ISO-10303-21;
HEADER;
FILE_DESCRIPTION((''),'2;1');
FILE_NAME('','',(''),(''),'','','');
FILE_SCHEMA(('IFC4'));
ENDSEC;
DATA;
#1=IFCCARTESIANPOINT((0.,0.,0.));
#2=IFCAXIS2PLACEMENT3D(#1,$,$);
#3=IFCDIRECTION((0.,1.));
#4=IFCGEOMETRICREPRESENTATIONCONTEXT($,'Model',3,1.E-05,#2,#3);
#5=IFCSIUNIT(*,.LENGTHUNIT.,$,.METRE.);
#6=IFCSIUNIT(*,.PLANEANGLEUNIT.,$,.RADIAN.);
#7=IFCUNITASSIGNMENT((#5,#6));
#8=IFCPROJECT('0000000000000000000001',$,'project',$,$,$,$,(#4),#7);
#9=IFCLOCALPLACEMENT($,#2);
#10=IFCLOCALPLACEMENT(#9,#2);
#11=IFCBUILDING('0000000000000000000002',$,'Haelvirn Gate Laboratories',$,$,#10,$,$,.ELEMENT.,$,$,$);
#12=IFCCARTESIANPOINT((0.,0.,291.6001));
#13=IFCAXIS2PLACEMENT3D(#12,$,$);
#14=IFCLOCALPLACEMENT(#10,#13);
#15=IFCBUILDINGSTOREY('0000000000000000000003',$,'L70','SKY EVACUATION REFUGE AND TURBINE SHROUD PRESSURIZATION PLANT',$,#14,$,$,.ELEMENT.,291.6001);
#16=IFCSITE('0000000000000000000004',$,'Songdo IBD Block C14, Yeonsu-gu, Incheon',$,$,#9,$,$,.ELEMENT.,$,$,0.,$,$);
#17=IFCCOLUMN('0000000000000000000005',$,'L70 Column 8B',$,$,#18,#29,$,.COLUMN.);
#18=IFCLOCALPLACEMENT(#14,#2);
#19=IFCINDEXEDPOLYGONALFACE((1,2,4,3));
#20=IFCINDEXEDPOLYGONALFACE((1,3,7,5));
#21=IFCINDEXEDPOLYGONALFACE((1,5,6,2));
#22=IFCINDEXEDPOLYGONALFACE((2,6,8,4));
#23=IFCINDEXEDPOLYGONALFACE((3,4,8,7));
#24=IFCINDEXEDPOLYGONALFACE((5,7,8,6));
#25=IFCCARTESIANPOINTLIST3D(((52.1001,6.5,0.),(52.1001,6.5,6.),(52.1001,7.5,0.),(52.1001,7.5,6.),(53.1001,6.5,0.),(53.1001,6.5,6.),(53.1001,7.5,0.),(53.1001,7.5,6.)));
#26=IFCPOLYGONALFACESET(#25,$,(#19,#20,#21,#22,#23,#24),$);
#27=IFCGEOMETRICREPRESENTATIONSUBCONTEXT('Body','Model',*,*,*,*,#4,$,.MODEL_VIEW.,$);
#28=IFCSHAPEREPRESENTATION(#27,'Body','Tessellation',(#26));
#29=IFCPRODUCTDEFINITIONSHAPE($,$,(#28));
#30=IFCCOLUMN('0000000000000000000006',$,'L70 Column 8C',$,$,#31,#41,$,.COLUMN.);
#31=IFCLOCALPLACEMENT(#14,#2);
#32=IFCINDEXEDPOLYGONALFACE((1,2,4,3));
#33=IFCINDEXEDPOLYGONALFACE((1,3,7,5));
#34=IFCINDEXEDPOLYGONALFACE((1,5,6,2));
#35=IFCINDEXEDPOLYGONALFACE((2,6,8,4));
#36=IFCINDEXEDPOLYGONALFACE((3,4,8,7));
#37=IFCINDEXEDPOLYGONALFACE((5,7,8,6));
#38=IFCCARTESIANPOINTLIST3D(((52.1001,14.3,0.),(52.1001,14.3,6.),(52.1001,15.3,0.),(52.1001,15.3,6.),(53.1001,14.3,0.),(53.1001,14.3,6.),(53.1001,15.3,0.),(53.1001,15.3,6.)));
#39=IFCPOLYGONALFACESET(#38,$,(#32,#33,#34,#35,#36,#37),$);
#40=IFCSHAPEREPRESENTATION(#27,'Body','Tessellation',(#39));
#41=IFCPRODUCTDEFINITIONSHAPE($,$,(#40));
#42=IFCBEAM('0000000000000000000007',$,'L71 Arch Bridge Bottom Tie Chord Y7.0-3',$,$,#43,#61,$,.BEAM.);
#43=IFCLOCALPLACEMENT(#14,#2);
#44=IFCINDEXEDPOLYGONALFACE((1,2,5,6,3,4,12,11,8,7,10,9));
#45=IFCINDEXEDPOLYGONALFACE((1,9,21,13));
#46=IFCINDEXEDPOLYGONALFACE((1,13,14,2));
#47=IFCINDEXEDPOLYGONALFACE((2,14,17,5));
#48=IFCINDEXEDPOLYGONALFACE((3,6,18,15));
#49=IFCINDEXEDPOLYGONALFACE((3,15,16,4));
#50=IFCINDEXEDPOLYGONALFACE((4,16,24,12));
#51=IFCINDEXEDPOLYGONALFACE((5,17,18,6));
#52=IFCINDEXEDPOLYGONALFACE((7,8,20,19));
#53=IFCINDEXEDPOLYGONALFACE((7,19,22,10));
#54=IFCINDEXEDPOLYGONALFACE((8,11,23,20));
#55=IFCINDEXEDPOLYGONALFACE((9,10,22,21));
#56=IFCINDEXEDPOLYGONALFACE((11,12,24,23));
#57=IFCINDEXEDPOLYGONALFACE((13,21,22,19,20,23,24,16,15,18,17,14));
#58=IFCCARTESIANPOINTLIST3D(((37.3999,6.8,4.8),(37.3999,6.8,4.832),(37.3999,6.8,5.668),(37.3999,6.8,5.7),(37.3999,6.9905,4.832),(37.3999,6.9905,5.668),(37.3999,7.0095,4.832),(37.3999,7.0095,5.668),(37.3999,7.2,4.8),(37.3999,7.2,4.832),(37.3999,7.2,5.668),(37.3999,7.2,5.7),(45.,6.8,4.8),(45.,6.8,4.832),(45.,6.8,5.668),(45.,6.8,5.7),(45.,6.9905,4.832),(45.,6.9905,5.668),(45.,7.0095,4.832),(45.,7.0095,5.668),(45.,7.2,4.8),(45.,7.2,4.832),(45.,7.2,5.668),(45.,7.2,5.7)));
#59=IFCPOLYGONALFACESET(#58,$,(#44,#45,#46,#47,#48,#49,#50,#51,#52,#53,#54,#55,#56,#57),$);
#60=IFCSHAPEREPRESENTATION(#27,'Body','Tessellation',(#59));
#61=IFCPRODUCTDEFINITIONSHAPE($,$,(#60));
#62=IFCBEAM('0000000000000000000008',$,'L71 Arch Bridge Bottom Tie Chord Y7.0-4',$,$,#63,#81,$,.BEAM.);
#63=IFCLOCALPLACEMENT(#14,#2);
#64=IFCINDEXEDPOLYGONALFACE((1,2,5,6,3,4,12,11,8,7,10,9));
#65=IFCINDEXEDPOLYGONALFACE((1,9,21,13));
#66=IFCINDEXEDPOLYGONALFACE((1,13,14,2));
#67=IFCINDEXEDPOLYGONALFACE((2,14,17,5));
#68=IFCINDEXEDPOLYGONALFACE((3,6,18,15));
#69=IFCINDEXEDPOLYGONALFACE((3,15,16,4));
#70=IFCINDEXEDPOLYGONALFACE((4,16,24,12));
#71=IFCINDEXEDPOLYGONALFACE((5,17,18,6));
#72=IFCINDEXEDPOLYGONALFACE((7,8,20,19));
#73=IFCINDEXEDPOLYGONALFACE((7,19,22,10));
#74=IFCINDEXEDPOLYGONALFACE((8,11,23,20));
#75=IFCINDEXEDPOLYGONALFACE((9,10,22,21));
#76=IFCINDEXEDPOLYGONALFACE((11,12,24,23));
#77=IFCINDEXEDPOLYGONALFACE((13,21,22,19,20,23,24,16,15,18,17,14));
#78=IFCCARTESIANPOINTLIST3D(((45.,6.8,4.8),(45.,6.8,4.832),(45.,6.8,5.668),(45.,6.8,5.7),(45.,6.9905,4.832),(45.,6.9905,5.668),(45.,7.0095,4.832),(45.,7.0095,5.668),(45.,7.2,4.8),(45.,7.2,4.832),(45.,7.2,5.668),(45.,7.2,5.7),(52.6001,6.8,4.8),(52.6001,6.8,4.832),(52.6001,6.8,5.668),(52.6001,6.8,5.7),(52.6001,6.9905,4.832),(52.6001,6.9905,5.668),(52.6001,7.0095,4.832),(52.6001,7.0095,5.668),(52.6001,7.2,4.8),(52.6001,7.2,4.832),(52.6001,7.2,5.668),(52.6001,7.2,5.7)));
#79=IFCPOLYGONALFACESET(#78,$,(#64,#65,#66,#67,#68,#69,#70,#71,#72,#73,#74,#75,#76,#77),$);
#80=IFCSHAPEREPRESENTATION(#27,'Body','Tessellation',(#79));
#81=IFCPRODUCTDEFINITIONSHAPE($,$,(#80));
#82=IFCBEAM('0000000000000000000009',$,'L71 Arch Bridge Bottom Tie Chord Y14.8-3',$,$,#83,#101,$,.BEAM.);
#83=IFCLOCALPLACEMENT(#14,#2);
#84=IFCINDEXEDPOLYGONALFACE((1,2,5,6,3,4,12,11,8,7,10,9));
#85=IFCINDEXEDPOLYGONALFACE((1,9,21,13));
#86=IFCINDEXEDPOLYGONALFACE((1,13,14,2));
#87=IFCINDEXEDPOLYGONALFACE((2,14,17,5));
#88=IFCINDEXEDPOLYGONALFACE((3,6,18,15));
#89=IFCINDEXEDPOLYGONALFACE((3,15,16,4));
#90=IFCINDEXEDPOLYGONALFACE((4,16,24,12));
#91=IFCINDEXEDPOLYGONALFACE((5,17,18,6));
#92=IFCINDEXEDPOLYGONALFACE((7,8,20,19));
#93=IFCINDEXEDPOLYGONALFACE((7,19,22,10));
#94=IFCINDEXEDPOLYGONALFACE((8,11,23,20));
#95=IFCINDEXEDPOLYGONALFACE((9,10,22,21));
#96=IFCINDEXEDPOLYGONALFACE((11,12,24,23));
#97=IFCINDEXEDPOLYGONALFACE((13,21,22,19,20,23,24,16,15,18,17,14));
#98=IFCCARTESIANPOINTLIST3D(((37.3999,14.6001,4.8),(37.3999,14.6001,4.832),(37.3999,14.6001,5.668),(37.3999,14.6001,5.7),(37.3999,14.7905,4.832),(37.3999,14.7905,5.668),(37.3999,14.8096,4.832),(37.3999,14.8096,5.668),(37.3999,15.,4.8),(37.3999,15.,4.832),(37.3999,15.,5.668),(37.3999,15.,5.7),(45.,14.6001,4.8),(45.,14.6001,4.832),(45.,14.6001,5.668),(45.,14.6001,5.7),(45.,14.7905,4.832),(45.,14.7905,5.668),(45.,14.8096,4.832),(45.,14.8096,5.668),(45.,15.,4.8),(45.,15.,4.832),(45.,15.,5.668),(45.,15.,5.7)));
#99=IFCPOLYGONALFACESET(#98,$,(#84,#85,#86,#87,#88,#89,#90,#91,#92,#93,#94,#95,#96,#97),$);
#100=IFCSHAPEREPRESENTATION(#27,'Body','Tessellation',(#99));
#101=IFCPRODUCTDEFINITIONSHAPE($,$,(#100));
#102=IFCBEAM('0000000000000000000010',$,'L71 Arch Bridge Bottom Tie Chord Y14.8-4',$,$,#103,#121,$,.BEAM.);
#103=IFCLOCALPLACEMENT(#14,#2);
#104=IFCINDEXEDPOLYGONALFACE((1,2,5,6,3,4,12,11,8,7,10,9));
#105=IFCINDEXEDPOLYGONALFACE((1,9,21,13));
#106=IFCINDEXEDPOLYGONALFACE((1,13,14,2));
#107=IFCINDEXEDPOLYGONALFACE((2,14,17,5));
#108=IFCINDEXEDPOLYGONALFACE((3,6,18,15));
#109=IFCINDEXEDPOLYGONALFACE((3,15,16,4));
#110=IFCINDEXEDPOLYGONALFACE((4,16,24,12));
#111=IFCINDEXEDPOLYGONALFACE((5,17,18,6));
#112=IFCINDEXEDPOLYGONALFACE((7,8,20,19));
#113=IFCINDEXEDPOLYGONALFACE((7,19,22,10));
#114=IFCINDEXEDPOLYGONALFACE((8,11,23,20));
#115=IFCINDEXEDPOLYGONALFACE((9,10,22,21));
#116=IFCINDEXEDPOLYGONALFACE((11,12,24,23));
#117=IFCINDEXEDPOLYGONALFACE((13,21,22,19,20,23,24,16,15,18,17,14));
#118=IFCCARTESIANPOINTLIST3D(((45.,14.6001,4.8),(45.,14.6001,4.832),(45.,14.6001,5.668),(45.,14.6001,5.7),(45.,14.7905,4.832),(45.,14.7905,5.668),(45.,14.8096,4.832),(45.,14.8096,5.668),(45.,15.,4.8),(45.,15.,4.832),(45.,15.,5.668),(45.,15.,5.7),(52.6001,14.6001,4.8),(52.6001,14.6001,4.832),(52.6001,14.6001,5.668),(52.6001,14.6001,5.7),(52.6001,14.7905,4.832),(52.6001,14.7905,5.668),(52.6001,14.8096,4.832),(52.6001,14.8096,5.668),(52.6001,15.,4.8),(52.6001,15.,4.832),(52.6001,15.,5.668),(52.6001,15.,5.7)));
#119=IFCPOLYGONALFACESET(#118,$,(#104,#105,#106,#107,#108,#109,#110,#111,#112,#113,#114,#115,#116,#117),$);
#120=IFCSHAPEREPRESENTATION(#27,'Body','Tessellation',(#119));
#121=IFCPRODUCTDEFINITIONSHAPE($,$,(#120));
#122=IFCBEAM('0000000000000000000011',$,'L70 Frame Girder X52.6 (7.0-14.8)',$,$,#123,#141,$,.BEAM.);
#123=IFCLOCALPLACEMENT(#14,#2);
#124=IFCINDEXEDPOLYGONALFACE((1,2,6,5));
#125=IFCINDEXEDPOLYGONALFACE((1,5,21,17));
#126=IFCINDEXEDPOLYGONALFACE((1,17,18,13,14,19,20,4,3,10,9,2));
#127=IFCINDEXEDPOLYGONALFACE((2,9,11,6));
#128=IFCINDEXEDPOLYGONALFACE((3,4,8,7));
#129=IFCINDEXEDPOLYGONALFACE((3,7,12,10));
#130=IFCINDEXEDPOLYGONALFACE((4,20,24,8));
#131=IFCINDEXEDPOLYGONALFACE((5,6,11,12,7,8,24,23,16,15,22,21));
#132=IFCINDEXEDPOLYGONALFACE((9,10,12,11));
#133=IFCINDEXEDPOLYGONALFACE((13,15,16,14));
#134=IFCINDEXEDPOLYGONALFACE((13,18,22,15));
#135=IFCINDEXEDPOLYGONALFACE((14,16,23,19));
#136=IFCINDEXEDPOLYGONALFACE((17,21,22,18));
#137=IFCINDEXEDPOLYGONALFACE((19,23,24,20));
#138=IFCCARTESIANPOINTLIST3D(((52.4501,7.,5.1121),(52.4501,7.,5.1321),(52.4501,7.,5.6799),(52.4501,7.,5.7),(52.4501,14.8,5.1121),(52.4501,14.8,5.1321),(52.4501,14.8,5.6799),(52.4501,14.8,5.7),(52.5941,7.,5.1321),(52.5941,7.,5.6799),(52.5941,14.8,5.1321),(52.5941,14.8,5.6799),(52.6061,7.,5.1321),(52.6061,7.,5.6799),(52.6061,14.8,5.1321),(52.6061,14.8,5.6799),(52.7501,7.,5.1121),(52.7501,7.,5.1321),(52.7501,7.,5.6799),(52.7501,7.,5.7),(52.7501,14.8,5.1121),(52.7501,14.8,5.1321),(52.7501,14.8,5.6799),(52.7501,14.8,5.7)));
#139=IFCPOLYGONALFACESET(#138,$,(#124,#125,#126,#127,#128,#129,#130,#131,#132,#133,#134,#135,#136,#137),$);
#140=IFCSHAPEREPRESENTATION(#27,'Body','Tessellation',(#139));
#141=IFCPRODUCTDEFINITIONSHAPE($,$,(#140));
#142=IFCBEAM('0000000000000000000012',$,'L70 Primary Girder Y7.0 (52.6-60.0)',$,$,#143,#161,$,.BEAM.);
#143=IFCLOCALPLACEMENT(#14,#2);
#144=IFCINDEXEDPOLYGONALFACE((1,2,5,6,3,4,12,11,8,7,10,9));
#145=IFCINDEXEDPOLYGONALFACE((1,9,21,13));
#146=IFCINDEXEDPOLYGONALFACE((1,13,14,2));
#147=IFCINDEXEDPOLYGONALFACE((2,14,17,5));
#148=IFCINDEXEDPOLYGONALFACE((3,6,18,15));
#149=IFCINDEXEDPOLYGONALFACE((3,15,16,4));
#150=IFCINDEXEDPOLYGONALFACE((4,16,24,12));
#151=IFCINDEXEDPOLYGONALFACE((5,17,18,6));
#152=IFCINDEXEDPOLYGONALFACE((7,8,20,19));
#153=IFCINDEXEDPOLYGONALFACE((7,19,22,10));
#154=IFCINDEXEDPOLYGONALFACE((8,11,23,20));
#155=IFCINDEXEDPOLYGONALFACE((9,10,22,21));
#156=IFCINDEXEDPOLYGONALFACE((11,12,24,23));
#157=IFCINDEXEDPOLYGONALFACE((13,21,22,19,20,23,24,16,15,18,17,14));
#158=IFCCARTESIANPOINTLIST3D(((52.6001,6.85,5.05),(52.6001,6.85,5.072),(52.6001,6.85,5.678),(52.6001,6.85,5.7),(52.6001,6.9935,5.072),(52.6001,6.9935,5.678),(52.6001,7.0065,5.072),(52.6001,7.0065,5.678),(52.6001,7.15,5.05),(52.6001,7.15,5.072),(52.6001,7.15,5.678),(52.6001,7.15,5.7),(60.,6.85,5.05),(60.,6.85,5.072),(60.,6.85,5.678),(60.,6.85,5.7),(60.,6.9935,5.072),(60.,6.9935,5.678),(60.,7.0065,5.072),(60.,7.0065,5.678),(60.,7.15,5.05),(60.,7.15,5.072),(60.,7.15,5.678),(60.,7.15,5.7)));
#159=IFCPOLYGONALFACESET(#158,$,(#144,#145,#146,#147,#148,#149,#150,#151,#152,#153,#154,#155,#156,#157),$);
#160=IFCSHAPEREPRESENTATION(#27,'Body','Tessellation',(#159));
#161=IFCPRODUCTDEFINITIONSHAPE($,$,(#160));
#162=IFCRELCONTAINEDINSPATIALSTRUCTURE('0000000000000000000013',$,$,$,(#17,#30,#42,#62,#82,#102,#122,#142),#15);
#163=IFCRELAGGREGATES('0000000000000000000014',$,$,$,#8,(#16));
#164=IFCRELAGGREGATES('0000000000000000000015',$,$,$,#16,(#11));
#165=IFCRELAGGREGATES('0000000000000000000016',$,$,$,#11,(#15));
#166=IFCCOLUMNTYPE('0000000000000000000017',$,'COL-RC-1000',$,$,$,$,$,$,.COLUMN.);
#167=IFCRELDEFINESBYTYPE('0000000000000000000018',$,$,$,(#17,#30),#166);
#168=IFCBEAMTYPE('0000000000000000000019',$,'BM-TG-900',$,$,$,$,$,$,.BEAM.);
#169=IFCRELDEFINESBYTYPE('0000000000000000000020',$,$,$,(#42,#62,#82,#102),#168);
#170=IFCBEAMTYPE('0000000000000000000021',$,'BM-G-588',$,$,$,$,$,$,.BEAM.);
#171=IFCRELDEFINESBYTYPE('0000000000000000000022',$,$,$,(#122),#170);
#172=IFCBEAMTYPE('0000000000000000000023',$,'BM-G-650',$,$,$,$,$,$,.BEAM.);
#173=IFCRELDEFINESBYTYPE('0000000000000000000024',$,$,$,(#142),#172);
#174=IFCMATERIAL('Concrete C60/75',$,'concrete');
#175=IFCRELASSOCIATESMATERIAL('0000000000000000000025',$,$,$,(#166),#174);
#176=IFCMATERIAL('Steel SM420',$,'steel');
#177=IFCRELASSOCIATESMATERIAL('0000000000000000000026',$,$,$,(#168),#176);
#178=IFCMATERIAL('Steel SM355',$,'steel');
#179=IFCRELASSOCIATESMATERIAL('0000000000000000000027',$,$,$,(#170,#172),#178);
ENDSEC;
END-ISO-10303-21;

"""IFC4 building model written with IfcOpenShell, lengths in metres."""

from ifc_helpers import new_model, si_unit, direction, frame, origin, origin_2d, place, context, subcontext, project, spatial, rectangle, i_section, extrude, source, transform, mapped, material, material_profile, profile_set, type_object, type_shapes, element, save


model = new_model("IFC4")

# Units and contexts
model_context = context("Model", 3, precision=1e-05, world=origin(), true_north=direction((0.0, 1.0)))
body_context = subcontext(model_context, "Body", "Model", "MODEL_VIEW")
ifc_project = project(units=[si_unit("LENGTHUNIT", "METRE"), si_unit("PLANEANGLEUNIT", "RADIAN")], contexts=[model_context])

# Site, building, storey
site_placement = place(None, origin())
site = spatial("IfcSite", under=ifc_project, at=site_placement, Name="Songdo IBD Block C14, Yeonsu-gu, Incheon", CompositionType="ELEMENT", RefElevation=0.0)
building_placement = place(site_placement, origin())
building = spatial("IfcBuilding", under=site, at=building_placement, Name="Haelvirn Gate Laboratories", CompositionType="ELEMENT")
storey_placement = place(building_placement, frame((0.0, 0.0, 291.6001)))
storey = spatial("IfcBuildingStorey", under=building, at=storey_placement, Name="L70", Description="SKY EVACUATION REFUGE AND TURBINE SHROUD PRESSURIZATION PLANT", CompositionType="ELEMENT", Elevation=291.6001)

# Columns
ifc_material_1 = material(Name="Concrete C60/75", Category="concrete")
ifc_material_profile_1 = material_profile(ifc_material_1, rectangle(XDim=1.0, YDim=1.0, at=origin_2d()), Name="RC-1000x1000")
ifc_profile_set_1 = profile_set([ifc_material_profile_1], Name="Concrete C60/75")
column_type = type_object("IfcColumnType", Name="COL-RC-1000", PredefinedType="COLUMN", material=ifc_profile_set_1)
shared_shape_1 = source(origin(), body_context, "Body", "SweptSolid", [
    extrude(rectangle(XDim=1.0, YDim=1.0, at=origin_2d()), origin(), (0.0, 0.0, 1.0), 6.0),
])
type_shapes(column_type, [shared_shape_1])
for number, where, z_axis, x_axis, name in (
    (1, (52.6001, 7.0, 0.0), (0.0, 0.0, 1.0), (1.0, 0.0, 0.0), "L70 Column 8B"),
    (2, (52.6001, 14.8, 0.0), (0.0, 0.0, 1.0), (1.0, 0.0, 0.0), "L70 Column 8C"),
):
    element("IfcColumn", number, at=place(storey_placement, frame(where, z_axis=z_axis, x_axis=x_axis)), inside=storey, type_object=column_type, Name=name, PredefinedType="COLUMN", context=body_context, shape_type="MappedRepresentation", body=[
        mapped(shared_shape_1, transform((0.0, 0.0, 0.0), scale=1.0)),
    ])

# Beams
ifc_material_2 = material(Name="Steel SM420", Category="steel")
ifc_material_profile_2 = material_profile(ifc_material_2, i_section(OverallWidth=0.3999, OverallDepth=0.8999, WebThickness=0.019, FlangeThickness=0.032, at=origin_2d()), Name="H-900x400x19x32")
ifc_profile_set_2 = profile_set([ifc_material_profile_2], Name="Steel SM420")
beam_type_1 = type_object("IfcBeamType", Name="BM-TG-900", PredefinedType="BEAM", material=ifc_profile_set_2)
shared_shape_2 = source(origin(), body_context, "Body", "SweptSolid", [
    extrude(i_section(OverallWidth=0.3999, OverallDepth=0.8999, WebThickness=0.019, FlangeThickness=0.032, at=origin_2d()), origin(), (0.0, 0.0, 1.0), 7.6001),
])
type_shapes(beam_type_1, [shared_shape_2])
for number, where, z_axis, x_axis, name in (
    (3, (37.3999, 7.0, 5.25), (1.0, 0.0, 0.0), (0.0, 1.0, 0.0), "L71 Arch Bridge Bottom Tie Chord Y7.0-3"),
    (4, (45.0, 7.0, 5.25), (1.0, 0.0, 0.0), (0.0, 1.0, 0.0), "L71 Arch Bridge Bottom Tie Chord Y7.0-4"),
    (5, (37.3999, 14.8, 5.25), (1.0, 0.0, 0.0), (0.0, 1.0, 0.0), "L71 Arch Bridge Bottom Tie Chord Y14.8-3"),
    (6, (45.0, 14.8, 5.25), (1.0, 0.0, 0.0), (0.0, 1.0, 0.0), "L71 Arch Bridge Bottom Tie Chord Y14.8-4"),
):
    element("IfcBeam", number, at=place(storey_placement, frame(where, z_axis=z_axis, x_axis=x_axis)), inside=storey, type_object=beam_type_1, Name=name, PredefinedType="BEAM", context=body_context, shape_type="MappedRepresentation", body=[
        mapped(shared_shape_2, transform((0.0, 0.0, 0.0), scale=1.0)),
    ])
ifc_material_3 = material(Name="Steel SM355", Category="steel")
ifc_material_profile_3 = material_profile(ifc_material_3, i_section(OverallWidth=0.3, OverallDepth=0.5879, WebThickness=0.012, FlangeThickness=0.02, at=origin_2d()), Name="H-588x300x12x20")
ifc_profile_set_3 = profile_set([ifc_material_profile_3], Name="Steel SM355")
beam_type_2 = type_object("IfcBeamType", Name="BM-G-588", PredefinedType="BEAM", material=ifc_profile_set_3)
shared_shape_3 = source(origin(), body_context, "Body", "SweptSolid", [
    extrude(i_section(OverallWidth=0.3, OverallDepth=0.5879, WebThickness=0.012, FlangeThickness=0.02, at=origin_2d()), origin(), (0.0, 0.0, 1.0), 7.8),
])
type_shapes(beam_type_2, [shared_shape_3])
beam_1_placement = place(storey_placement, frame((52.6001, 7.0, 5.406), z_axis=(0.0, 1.0, 0.0), x_axis=(-1.0, 0.0, 0.0)))
element("IfcBeam", 7, at=beam_1_placement, inside=storey, type_object=beam_type_2, Name="L70 Frame Girder X52.6 (7.0-14.8)", PredefinedType="BEAM", context=body_context, shape_type="MappedRepresentation", body=[
    mapped(shared_shape_3, transform((0.0, 0.0, 0.0), scale=1.0)),
])
ifc_material_profile_4 = material_profile(ifc_material_3, i_section(OverallWidth=0.3, OverallDepth=0.6499, WebThickness=0.0129, FlangeThickness=0.022, at=origin_2d()), Name="H-650x300x13x22")
ifc_profile_set_4 = profile_set([ifc_material_profile_4], Name="Steel SM355")
beam_type_3 = type_object("IfcBeamType", Name="BM-G-650", PredefinedType="BEAM", material=ifc_profile_set_4)
shared_shape_4 = source(origin(), body_context, "Body", "SweptSolid", [
    extrude(i_section(OverallWidth=0.3, OverallDepth=0.6499, WebThickness=0.0129, FlangeThickness=0.022, at=origin_2d()), origin(), (0.0, 0.0, 1.0), 7.3999),
])
type_shapes(beam_type_3, [shared_shape_4])
beam_2_placement = place(storey_placement, frame((52.6001, 7.0, 5.375), z_axis=(1.0, 0.0, 0.0), x_axis=(0.0, 1.0, 0.0)))
element("IfcBeam", 8, at=beam_2_placement, inside=storey, type_object=beam_type_3, Name="L70 Primary Girder Y7.0 (52.6-60.0)", PredefinedType="BEAM", context=body_context, shape_type="MappedRepresentation", body=[
    mapped(shared_shape_4, transform((0.0, 0.0, 0.0), scale=1.0)),
])

save(model, "model.ifc")
